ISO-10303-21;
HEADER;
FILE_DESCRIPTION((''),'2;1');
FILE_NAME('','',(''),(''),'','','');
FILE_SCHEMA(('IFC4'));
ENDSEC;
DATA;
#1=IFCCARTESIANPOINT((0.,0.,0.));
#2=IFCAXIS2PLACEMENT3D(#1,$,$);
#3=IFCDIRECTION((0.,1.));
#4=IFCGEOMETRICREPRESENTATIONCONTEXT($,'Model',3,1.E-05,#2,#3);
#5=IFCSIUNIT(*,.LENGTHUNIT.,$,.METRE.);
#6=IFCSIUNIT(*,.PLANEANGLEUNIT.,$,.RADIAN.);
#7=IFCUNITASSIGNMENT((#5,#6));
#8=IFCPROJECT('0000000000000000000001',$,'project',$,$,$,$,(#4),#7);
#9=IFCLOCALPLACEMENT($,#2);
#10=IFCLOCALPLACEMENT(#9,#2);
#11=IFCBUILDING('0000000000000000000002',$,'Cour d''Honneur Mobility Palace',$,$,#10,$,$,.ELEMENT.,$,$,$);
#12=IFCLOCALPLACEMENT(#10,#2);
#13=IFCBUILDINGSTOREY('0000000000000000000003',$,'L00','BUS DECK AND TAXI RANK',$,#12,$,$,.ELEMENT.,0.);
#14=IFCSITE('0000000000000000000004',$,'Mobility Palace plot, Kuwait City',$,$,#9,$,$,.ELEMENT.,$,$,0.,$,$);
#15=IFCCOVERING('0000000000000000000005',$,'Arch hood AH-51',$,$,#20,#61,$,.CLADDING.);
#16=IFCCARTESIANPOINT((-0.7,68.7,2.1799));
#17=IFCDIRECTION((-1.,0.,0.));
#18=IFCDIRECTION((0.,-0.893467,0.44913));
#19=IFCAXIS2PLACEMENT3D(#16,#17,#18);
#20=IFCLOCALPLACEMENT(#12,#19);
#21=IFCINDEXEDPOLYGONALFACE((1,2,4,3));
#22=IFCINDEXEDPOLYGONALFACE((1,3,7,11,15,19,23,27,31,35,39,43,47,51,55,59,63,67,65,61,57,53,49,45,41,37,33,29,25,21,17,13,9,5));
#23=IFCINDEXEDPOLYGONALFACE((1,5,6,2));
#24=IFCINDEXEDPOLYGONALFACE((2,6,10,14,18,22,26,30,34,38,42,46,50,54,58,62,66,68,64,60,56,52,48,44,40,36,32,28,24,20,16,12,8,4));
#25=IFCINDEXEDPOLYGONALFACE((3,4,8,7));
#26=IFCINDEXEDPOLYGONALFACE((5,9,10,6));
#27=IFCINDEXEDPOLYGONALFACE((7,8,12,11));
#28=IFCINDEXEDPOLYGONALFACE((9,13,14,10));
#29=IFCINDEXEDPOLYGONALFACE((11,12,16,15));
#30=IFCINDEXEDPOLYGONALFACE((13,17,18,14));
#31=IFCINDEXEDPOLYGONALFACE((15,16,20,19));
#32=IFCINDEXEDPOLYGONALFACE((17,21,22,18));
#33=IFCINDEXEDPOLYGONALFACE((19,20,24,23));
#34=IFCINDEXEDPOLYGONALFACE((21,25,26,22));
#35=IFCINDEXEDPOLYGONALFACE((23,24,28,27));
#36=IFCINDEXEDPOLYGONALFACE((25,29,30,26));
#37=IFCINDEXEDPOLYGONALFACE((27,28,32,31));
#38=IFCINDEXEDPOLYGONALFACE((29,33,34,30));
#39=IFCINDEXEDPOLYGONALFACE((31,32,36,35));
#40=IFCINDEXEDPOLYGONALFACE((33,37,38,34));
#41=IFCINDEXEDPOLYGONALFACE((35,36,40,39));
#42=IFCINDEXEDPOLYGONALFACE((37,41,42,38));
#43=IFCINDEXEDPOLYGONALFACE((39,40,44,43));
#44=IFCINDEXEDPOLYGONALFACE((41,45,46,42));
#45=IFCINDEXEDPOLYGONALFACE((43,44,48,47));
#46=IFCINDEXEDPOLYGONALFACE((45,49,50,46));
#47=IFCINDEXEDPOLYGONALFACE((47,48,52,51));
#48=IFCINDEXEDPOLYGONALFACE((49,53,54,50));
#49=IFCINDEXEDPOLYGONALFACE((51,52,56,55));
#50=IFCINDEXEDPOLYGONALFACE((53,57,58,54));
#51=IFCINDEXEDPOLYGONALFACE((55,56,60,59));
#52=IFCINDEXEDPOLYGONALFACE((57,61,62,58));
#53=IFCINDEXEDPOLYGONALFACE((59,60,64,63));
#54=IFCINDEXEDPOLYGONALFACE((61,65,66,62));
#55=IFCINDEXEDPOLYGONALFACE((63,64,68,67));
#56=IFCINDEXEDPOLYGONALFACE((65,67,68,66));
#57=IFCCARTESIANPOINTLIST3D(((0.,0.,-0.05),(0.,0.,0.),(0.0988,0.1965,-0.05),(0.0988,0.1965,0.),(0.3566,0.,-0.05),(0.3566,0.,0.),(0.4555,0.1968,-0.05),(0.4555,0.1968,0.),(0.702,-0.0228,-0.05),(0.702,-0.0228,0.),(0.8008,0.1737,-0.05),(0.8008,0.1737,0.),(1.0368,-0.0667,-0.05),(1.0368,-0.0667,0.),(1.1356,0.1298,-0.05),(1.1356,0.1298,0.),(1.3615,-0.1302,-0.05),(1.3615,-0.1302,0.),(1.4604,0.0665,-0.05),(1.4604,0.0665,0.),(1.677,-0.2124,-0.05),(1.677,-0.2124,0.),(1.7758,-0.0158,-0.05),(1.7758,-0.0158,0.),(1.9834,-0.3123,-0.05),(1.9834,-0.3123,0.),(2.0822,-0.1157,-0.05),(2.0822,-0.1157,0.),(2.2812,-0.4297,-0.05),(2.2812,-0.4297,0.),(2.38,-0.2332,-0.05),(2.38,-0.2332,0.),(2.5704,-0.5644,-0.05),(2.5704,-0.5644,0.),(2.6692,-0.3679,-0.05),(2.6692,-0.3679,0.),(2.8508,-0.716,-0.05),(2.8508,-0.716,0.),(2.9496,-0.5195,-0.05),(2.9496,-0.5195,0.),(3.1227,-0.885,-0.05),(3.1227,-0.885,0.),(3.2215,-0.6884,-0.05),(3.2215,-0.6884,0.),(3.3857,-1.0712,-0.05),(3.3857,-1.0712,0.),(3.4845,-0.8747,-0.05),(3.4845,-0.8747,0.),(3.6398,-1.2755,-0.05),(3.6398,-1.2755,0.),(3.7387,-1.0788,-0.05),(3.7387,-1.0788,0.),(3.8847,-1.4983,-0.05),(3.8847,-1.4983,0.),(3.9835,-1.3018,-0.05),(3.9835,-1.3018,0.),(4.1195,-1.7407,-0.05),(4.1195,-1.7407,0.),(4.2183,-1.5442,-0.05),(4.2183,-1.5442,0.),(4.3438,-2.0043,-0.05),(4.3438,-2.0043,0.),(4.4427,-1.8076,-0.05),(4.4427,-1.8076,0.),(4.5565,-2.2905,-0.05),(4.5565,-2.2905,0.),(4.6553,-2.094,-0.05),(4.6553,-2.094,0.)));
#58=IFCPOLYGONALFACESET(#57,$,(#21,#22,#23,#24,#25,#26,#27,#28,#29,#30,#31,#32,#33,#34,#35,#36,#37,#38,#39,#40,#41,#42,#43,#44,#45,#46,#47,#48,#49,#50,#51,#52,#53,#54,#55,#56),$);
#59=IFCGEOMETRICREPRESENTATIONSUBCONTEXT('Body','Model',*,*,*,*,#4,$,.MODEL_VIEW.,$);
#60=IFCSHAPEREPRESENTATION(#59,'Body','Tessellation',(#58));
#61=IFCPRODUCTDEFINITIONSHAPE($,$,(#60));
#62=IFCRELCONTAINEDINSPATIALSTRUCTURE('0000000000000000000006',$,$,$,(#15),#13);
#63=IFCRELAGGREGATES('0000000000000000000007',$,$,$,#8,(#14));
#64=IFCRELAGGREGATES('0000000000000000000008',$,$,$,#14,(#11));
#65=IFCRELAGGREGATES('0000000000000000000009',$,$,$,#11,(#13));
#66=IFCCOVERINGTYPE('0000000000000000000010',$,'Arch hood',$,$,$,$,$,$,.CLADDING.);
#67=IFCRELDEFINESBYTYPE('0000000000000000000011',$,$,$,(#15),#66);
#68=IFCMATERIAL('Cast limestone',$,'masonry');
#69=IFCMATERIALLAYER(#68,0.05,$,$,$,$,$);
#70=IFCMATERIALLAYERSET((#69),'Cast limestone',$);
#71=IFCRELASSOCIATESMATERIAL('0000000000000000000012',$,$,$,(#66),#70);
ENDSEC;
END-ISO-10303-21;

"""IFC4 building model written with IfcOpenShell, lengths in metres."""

from ifc_helpers import new_model, si_unit, direction, frame, origin, place, context, subcontext, project, spatial, polyline, outline, extrude, material, layer, layer_set, type_object, element, save


model = new_model("IFC4")

# Units and contexts
model_context = context("Model", 3, precision=1e-05, world=origin(), true_north=direction((0.0, 1.0)))
body_context = subcontext(model_context, "Body", "Model", "MODEL_VIEW")
ifc_project = project(units=[si_unit("LENGTHUNIT", "METRE"), si_unit("PLANEANGLEUNIT", "RADIAN")], contexts=[model_context])

# Site, building, storey
site_placement = place(None, origin())
site = spatial("IfcSite", under=ifc_project, at=site_placement, Name="Mobility Palace plot, Kuwait City", CompositionType="ELEMENT", RefElevation=0.0)
building_placement = place(site_placement, origin())
building = spatial("IfcBuilding", under=site, at=building_placement, Name="Cour d'Honneur Mobility Palace", CompositionType="ELEMENT")
storey_placement = place(building_placement, origin())
storey = spatial("IfcBuildingStorey", under=building, at=storey_placement, Name="L00", Description="BUS DECK AND TAXI RANK", CompositionType="ELEMENT", Elevation=0.0)

# Covering
ifc_material_1 = material(Name="Cast limestone", Category="masonry")
ifc_layer_1 = layer(ifc_material_1, 0.05)
ifc_layer_set_1 = layer_set([ifc_layer_1], Name="Cast limestone")
covering_type_1 = type_object("IfcCoveringType", Name="Arch hood", PredefinedType="CLADDING", material=ifc_layer_set_1)
covering_1_placement = place(storey_placement, frame((-0.7, 68.7, 2.1799), z_axis=(-1.0, 0.0, 0.0), x_axis=(0.0, -0.893467, 0.44913)))
element("IfcCovering", 1, at=covering_1_placement, inside=storey, type_object=covering_type_1, Name="Arch hood AH-51", PredefinedType="CLADDING", context=body_context, shape_type="SweptSolid", body=[
    extrude(outline(polyline([(0.0, 0.0), (0.3566, 0.0), (0.702, -0.0228), (1.0368, -0.0667), (1.3615, -0.1302), (1.677, -0.2124), (1.9834, -0.3123), (2.2812, -0.4297), (2.5704, -0.5644), (2.8508, -0.716), (3.1227, -0.885), (3.3857, -1.0712), (3.6398, -1.2755), (3.8847, -1.4983), (4.1195, -1.7407), (4.3438, -2.0043), (4.5565, -2.2905), (4.6553, -2.094), (4.4427, -1.8076), (4.2183, -1.5442), (3.9835, -1.3018), (3.7387, -1.0788), (3.4845, -0.8747), (3.2215, -0.6884), (2.9496, -0.5195), (2.6692, -0.3679), (2.38, -0.2332), (2.0822, -0.1157), (1.7758, -0.0158), (1.4604, 0.0665), (1.1356, 0.1298), (0.8008, 0.1737), (0.4555, 0.1968), (0.0988, 0.1965), (0.0, 0.0)])), origin(), (0.0, 0.0, -1.0), 0.05),
])

save(model, "model.ifc")
